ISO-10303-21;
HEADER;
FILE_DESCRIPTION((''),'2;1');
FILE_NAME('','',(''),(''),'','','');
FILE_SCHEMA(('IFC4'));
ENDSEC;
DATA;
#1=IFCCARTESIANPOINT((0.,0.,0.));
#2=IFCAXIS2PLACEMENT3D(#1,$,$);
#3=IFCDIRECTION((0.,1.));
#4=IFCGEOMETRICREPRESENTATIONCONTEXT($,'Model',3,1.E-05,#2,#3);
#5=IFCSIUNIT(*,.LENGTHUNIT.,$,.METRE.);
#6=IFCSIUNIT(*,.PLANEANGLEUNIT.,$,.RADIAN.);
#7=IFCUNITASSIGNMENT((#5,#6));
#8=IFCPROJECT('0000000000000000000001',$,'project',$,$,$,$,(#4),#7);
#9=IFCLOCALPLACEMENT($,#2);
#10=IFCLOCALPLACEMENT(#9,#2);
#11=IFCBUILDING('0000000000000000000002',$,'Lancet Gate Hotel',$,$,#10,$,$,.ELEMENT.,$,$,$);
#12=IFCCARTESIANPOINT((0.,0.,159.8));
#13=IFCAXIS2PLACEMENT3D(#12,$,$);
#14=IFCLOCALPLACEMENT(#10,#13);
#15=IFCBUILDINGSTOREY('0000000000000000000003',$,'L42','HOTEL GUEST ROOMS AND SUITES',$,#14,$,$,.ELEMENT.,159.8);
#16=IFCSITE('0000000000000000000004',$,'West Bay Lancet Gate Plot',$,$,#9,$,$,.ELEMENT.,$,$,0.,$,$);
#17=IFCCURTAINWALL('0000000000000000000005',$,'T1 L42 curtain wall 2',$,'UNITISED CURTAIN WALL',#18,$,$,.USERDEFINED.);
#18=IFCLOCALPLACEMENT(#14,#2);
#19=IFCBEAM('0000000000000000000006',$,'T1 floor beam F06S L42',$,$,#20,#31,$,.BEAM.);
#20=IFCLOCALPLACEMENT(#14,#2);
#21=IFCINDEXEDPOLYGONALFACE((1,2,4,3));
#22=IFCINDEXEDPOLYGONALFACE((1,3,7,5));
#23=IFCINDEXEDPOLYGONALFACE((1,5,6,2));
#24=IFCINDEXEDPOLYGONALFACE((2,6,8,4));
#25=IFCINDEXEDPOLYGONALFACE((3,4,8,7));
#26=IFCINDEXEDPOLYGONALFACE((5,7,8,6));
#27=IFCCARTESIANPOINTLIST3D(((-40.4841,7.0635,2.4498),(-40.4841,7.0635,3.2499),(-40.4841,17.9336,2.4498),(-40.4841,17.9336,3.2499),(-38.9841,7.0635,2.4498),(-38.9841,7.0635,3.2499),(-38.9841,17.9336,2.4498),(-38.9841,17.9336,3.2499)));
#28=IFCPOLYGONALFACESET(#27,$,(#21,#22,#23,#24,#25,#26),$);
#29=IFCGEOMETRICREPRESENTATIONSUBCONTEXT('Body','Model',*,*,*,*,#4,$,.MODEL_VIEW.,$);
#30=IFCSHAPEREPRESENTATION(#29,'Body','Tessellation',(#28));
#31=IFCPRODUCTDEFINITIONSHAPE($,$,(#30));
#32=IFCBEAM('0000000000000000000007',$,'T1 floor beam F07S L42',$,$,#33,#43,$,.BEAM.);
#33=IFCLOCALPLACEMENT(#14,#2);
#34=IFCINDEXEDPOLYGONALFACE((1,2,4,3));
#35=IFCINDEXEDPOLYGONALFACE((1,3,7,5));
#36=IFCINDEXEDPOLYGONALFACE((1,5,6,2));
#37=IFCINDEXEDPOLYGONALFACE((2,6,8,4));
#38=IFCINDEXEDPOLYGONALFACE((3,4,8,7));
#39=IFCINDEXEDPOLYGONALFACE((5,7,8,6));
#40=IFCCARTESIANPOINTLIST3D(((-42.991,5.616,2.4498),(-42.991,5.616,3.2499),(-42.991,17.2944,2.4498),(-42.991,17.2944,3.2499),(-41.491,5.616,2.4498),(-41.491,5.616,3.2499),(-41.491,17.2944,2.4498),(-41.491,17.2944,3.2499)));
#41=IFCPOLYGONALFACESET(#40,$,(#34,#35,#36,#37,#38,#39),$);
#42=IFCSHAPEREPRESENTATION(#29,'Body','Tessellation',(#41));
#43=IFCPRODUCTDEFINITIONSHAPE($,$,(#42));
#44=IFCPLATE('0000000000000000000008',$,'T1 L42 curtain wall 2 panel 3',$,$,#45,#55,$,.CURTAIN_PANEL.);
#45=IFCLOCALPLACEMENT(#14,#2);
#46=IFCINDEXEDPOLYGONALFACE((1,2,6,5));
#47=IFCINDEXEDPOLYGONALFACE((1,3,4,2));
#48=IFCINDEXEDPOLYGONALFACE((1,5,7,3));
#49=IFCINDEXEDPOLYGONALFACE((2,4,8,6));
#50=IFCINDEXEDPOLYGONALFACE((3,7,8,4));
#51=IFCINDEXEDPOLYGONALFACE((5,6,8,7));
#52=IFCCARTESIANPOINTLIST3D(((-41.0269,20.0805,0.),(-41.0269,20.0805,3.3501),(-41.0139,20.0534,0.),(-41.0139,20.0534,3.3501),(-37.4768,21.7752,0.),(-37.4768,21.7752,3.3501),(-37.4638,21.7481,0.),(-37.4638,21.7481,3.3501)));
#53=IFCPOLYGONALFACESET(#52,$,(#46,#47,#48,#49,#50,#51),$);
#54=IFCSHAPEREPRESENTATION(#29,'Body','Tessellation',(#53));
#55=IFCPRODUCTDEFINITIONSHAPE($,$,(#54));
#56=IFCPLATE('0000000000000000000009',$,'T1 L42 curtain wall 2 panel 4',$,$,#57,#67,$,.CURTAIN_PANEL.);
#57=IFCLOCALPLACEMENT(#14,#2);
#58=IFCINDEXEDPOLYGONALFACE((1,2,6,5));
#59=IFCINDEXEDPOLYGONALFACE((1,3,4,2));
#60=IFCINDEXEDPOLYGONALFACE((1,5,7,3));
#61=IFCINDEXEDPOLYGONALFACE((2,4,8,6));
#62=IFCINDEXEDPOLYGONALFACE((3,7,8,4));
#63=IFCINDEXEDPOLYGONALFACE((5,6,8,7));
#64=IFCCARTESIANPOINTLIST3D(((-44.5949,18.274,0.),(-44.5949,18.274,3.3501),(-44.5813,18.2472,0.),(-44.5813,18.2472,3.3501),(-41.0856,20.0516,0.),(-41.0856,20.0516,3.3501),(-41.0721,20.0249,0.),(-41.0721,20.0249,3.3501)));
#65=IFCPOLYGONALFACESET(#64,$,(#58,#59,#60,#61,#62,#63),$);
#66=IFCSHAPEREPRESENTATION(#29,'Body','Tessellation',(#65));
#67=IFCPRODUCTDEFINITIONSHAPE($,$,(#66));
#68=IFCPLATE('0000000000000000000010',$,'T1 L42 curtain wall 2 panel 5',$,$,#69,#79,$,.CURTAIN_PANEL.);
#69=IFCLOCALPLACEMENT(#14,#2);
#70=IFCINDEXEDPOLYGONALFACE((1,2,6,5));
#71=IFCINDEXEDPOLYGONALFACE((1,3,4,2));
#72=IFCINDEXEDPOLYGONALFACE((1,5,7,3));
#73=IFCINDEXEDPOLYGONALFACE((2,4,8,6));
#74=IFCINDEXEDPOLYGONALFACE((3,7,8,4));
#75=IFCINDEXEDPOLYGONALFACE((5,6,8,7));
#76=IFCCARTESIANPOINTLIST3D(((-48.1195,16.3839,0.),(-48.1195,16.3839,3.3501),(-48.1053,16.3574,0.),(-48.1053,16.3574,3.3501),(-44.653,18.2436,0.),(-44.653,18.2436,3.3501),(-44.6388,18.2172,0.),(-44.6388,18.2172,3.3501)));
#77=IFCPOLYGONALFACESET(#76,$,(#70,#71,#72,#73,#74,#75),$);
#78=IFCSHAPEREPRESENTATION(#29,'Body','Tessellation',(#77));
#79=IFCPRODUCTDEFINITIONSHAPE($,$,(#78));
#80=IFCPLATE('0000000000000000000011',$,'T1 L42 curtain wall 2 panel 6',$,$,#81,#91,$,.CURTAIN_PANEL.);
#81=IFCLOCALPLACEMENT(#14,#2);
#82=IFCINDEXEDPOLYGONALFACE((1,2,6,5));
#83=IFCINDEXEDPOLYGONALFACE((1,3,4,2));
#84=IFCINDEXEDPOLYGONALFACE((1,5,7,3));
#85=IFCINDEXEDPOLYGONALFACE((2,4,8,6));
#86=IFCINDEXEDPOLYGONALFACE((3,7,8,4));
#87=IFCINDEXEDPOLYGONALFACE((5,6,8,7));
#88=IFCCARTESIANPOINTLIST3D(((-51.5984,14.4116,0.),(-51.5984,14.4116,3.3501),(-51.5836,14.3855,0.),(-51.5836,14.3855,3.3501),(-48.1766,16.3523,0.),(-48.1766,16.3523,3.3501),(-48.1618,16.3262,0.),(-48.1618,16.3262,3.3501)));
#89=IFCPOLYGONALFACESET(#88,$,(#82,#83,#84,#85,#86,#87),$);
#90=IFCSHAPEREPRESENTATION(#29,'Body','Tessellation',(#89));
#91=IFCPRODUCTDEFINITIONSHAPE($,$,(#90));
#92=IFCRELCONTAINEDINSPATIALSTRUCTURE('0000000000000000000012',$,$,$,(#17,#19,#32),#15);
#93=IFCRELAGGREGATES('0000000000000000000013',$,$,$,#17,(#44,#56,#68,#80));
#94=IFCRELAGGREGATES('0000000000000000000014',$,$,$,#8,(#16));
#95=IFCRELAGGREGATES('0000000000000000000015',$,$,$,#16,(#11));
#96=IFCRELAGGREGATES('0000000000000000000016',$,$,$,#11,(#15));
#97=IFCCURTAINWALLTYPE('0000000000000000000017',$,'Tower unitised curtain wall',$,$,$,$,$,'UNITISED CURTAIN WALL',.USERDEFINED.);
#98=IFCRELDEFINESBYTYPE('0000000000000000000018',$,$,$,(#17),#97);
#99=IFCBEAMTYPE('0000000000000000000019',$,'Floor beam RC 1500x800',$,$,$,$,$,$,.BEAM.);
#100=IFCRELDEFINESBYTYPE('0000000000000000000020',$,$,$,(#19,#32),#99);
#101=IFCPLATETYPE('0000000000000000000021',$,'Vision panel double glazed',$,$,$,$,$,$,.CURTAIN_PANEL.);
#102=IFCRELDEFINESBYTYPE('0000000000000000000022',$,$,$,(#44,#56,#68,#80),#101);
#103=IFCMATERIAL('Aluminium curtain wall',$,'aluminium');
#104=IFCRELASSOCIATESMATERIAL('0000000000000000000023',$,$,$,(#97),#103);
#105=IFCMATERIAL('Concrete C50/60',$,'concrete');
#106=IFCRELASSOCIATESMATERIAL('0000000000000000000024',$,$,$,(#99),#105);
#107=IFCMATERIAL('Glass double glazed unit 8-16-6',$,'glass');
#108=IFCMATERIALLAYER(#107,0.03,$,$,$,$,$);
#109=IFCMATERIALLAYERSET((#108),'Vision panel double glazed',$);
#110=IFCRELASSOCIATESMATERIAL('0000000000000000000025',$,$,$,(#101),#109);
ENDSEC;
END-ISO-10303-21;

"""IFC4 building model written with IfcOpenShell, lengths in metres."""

from ifc_helpers import new_model, si_unit, direction, frame, origin, origin_2d, place, context, subcontext, project, spatial, rectangle, extrude, material, layer, layer_set, material_profile, profile_set, type_object, element, aggregate, save


model = new_model("IFC4")

# Units and contexts
model_context = context("Model", 3, precision=1e-05, world=origin(), true_north=direction((0.0, 1.0)))
body_context = subcontext(model_context, "Body", "Model", "MODEL_VIEW")
ifc_project = project(units=[si_unit("LENGTHUNIT", "METRE"), si_unit("PLANEANGLEUNIT", "RADIAN")], contexts=[model_context])

# Site, building, storey
site_placement = place(None, origin())
site = spatial("IfcSite", under=ifc_project, at=site_placement, Name="West Bay Lancet Gate Plot", CompositionType="ELEMENT", RefElevation=0.0)
building_placement = place(site_placement, origin())
building = spatial("IfcBuilding", under=site, at=building_placement, Name="Lancet Gate Hotel", CompositionType="ELEMENT")
storey_placement = place(building_placement, frame((0.0, 0.0, 159.8)))
storey = spatial("IfcBuildingStorey", under=building, at=storey_placement, Name="L42", Description="HOTEL GUEST ROOMS AND SUITES", CompositionType="ELEMENT", Elevation=159.8)

# Curtain wall
ifc_material_1 = material(Name="Aluminium curtain wall", Category="aluminium")
curtain_wall_type = type_object("IfcCurtainWallType", Name="Tower unitised curtain wall", ElementType="UNITISED CURTAIN WALL", PredefinedType="USERDEFINED", material=ifc_material_1)
curtain_wall_placement = place(storey_placement, origin())
curtain_wall = element("IfcCurtainWall", 1, at=curtain_wall_placement, inside=storey, type_object=curtain_wall_type, Name="T1 L42 curtain wall 2", ObjectType="UNITISED CURTAIN WALL", PredefinedType="USERDEFINED")

# Beams
ifc_material_2 = material(Name="Concrete C50/60", Category="concrete")
ifc_material_profile_1 = material_profile(ifc_material_2, rectangle(XDim=1.5, YDim=0.8, at=origin_2d()), Name="RC 1500x800")
ifc_profile_set_1 = profile_set([ifc_material_profile_1], Name="Concrete C50/60")
beam_type_1 = type_object("IfcBeamType", Name="Floor beam RC 1500x800", PredefinedType="BEAM", material=ifc_profile_set_1)
beam_1_placement = place(storey_placement, frame((-39.7341, 17.9336, 2.8499), z_axis=(0.0, -1.0, 0.0), x_axis=(1.0, 0.0, 0.0)))
element("IfcBeam", 2, at=beam_1_placement, inside=storey, type_object=beam_type_1, Name="T1 floor beam F06S L42", PredefinedType="BEAM", context=body_context, shape_type="SweptSolid", body=[
    extrude(rectangle(XDim=1.5, YDim=0.8, at=origin_2d()), origin(), (0.0, 0.0, 1.0), 10.8701),
])
beam_2_placement = place(storey_placement, frame((-42.241, 17.2944, 2.8499), z_axis=(0.0, -1.0, 0.0), x_axis=(1.0, 0.0, 0.0)))
element("IfcBeam", 3, at=beam_2_placement, inside=storey, type_object=beam_type_1, Name="T1 floor beam F07S L42", PredefinedType="BEAM", context=body_context, shape_type="SweptSolid", body=[
    extrude(rectangle(XDim=1.5, YDim=0.8, at=origin_2d()), origin(), (0.0, 0.0, 1.0), 11.6785),
])

# Plates
ifc_material_3 = material(Name="Glass double glazed unit 8-16-6", Category="glass")
ifc_layer = layer(ifc_material_3, 0.03)
ifc_layer_set = layer_set([ifc_layer], Name="Vision panel double glazed")
plate_type = type_object("IfcPlateType", Name="Vision panel double glazed", PredefinedType="CURTAIN_PANEL", material=ifc_layer_set)
plate_1_placement = place(storey_placement, frame((-39.2454, 20.9143, 0.0), z_axis=(0.0, 0.0, 1.0), x_axis=(-0.902454, -0.430787, 0.0)))
plate_1 = element("IfcPlate", 4, at=plate_1_placement, type_object=plate_type, Name="T1 L42 curtain wall 2 panel 3", PredefinedType="CURTAIN_PANEL", context=body_context, shape_type="SweptSolid", body=[
    extrude(rectangle(XDim=3.9338, YDim=0.03, at=origin_2d()), origin(), (0.0, 0.0, 1.0), 3.3501),
])
plate_2_placement = place(storey_placement, frame((-42.8335, 19.1494, 0.0), z_axis=(0.0, 0.0, 1.0), x_axis=(-0.892071, -0.451895, 0.0)))
plate_2 = element("IfcPlate", 5, at=plate_2_placement, type_object=plate_type, Name="T1 L42 curtain wall 2 panel 4", PredefinedType="CURTAIN_PANEL", context=body_context, shape_type="SweptSolid", body=[
    extrude(rectangle(XDim=3.9338, YDim=0.03, at=origin_2d()), origin(), (0.0, 0.0, 1.0), 3.3501),
])
plate_3_placement = place(storey_placement, frame((-46.3792, 17.3005, 0.0), z_axis=(0.0, 0.0, 1.0), x_axis=(-0.881195, -0.472753, 0.0)))
plate_3 = element("IfcPlate", 6, at=plate_3_placement, type_object=plate_type, Name="T1 L42 curtain wall 2 panel 5", PredefinedType="CURTAIN_PANEL", context=body_context, shape_type="SweptSolid", body=[
    extrude(rectangle(XDim=3.9338, YDim=0.03, at=origin_2d()), origin(), (0.0, 0.0, 1.0), 3.3501),
])
plate_4_placement = place(storey_placement, frame((-49.8801, 15.3689, 0.0), z_axis=(0.0, 0.0, 1.0), x_axis=(-0.869831, -0.493349, 0.0)))
plate_4 = element("IfcPlate", 7, at=plate_4_placement, type_object=plate_type, Name="T1 L42 curtain wall 2 panel 6", PredefinedType="CURTAIN_PANEL", context=body_context, shape_type="SweptSolid", body=[
    extrude(rectangle(XDim=3.9338, YDim=0.03, at=origin_2d()), origin(), (0.0, 0.0, 1.0), 3.3501),
])
aggregate(curtain_wall, [plate_1, plate_2, plate_3, plate_4])

save(model, "model.ifc")
